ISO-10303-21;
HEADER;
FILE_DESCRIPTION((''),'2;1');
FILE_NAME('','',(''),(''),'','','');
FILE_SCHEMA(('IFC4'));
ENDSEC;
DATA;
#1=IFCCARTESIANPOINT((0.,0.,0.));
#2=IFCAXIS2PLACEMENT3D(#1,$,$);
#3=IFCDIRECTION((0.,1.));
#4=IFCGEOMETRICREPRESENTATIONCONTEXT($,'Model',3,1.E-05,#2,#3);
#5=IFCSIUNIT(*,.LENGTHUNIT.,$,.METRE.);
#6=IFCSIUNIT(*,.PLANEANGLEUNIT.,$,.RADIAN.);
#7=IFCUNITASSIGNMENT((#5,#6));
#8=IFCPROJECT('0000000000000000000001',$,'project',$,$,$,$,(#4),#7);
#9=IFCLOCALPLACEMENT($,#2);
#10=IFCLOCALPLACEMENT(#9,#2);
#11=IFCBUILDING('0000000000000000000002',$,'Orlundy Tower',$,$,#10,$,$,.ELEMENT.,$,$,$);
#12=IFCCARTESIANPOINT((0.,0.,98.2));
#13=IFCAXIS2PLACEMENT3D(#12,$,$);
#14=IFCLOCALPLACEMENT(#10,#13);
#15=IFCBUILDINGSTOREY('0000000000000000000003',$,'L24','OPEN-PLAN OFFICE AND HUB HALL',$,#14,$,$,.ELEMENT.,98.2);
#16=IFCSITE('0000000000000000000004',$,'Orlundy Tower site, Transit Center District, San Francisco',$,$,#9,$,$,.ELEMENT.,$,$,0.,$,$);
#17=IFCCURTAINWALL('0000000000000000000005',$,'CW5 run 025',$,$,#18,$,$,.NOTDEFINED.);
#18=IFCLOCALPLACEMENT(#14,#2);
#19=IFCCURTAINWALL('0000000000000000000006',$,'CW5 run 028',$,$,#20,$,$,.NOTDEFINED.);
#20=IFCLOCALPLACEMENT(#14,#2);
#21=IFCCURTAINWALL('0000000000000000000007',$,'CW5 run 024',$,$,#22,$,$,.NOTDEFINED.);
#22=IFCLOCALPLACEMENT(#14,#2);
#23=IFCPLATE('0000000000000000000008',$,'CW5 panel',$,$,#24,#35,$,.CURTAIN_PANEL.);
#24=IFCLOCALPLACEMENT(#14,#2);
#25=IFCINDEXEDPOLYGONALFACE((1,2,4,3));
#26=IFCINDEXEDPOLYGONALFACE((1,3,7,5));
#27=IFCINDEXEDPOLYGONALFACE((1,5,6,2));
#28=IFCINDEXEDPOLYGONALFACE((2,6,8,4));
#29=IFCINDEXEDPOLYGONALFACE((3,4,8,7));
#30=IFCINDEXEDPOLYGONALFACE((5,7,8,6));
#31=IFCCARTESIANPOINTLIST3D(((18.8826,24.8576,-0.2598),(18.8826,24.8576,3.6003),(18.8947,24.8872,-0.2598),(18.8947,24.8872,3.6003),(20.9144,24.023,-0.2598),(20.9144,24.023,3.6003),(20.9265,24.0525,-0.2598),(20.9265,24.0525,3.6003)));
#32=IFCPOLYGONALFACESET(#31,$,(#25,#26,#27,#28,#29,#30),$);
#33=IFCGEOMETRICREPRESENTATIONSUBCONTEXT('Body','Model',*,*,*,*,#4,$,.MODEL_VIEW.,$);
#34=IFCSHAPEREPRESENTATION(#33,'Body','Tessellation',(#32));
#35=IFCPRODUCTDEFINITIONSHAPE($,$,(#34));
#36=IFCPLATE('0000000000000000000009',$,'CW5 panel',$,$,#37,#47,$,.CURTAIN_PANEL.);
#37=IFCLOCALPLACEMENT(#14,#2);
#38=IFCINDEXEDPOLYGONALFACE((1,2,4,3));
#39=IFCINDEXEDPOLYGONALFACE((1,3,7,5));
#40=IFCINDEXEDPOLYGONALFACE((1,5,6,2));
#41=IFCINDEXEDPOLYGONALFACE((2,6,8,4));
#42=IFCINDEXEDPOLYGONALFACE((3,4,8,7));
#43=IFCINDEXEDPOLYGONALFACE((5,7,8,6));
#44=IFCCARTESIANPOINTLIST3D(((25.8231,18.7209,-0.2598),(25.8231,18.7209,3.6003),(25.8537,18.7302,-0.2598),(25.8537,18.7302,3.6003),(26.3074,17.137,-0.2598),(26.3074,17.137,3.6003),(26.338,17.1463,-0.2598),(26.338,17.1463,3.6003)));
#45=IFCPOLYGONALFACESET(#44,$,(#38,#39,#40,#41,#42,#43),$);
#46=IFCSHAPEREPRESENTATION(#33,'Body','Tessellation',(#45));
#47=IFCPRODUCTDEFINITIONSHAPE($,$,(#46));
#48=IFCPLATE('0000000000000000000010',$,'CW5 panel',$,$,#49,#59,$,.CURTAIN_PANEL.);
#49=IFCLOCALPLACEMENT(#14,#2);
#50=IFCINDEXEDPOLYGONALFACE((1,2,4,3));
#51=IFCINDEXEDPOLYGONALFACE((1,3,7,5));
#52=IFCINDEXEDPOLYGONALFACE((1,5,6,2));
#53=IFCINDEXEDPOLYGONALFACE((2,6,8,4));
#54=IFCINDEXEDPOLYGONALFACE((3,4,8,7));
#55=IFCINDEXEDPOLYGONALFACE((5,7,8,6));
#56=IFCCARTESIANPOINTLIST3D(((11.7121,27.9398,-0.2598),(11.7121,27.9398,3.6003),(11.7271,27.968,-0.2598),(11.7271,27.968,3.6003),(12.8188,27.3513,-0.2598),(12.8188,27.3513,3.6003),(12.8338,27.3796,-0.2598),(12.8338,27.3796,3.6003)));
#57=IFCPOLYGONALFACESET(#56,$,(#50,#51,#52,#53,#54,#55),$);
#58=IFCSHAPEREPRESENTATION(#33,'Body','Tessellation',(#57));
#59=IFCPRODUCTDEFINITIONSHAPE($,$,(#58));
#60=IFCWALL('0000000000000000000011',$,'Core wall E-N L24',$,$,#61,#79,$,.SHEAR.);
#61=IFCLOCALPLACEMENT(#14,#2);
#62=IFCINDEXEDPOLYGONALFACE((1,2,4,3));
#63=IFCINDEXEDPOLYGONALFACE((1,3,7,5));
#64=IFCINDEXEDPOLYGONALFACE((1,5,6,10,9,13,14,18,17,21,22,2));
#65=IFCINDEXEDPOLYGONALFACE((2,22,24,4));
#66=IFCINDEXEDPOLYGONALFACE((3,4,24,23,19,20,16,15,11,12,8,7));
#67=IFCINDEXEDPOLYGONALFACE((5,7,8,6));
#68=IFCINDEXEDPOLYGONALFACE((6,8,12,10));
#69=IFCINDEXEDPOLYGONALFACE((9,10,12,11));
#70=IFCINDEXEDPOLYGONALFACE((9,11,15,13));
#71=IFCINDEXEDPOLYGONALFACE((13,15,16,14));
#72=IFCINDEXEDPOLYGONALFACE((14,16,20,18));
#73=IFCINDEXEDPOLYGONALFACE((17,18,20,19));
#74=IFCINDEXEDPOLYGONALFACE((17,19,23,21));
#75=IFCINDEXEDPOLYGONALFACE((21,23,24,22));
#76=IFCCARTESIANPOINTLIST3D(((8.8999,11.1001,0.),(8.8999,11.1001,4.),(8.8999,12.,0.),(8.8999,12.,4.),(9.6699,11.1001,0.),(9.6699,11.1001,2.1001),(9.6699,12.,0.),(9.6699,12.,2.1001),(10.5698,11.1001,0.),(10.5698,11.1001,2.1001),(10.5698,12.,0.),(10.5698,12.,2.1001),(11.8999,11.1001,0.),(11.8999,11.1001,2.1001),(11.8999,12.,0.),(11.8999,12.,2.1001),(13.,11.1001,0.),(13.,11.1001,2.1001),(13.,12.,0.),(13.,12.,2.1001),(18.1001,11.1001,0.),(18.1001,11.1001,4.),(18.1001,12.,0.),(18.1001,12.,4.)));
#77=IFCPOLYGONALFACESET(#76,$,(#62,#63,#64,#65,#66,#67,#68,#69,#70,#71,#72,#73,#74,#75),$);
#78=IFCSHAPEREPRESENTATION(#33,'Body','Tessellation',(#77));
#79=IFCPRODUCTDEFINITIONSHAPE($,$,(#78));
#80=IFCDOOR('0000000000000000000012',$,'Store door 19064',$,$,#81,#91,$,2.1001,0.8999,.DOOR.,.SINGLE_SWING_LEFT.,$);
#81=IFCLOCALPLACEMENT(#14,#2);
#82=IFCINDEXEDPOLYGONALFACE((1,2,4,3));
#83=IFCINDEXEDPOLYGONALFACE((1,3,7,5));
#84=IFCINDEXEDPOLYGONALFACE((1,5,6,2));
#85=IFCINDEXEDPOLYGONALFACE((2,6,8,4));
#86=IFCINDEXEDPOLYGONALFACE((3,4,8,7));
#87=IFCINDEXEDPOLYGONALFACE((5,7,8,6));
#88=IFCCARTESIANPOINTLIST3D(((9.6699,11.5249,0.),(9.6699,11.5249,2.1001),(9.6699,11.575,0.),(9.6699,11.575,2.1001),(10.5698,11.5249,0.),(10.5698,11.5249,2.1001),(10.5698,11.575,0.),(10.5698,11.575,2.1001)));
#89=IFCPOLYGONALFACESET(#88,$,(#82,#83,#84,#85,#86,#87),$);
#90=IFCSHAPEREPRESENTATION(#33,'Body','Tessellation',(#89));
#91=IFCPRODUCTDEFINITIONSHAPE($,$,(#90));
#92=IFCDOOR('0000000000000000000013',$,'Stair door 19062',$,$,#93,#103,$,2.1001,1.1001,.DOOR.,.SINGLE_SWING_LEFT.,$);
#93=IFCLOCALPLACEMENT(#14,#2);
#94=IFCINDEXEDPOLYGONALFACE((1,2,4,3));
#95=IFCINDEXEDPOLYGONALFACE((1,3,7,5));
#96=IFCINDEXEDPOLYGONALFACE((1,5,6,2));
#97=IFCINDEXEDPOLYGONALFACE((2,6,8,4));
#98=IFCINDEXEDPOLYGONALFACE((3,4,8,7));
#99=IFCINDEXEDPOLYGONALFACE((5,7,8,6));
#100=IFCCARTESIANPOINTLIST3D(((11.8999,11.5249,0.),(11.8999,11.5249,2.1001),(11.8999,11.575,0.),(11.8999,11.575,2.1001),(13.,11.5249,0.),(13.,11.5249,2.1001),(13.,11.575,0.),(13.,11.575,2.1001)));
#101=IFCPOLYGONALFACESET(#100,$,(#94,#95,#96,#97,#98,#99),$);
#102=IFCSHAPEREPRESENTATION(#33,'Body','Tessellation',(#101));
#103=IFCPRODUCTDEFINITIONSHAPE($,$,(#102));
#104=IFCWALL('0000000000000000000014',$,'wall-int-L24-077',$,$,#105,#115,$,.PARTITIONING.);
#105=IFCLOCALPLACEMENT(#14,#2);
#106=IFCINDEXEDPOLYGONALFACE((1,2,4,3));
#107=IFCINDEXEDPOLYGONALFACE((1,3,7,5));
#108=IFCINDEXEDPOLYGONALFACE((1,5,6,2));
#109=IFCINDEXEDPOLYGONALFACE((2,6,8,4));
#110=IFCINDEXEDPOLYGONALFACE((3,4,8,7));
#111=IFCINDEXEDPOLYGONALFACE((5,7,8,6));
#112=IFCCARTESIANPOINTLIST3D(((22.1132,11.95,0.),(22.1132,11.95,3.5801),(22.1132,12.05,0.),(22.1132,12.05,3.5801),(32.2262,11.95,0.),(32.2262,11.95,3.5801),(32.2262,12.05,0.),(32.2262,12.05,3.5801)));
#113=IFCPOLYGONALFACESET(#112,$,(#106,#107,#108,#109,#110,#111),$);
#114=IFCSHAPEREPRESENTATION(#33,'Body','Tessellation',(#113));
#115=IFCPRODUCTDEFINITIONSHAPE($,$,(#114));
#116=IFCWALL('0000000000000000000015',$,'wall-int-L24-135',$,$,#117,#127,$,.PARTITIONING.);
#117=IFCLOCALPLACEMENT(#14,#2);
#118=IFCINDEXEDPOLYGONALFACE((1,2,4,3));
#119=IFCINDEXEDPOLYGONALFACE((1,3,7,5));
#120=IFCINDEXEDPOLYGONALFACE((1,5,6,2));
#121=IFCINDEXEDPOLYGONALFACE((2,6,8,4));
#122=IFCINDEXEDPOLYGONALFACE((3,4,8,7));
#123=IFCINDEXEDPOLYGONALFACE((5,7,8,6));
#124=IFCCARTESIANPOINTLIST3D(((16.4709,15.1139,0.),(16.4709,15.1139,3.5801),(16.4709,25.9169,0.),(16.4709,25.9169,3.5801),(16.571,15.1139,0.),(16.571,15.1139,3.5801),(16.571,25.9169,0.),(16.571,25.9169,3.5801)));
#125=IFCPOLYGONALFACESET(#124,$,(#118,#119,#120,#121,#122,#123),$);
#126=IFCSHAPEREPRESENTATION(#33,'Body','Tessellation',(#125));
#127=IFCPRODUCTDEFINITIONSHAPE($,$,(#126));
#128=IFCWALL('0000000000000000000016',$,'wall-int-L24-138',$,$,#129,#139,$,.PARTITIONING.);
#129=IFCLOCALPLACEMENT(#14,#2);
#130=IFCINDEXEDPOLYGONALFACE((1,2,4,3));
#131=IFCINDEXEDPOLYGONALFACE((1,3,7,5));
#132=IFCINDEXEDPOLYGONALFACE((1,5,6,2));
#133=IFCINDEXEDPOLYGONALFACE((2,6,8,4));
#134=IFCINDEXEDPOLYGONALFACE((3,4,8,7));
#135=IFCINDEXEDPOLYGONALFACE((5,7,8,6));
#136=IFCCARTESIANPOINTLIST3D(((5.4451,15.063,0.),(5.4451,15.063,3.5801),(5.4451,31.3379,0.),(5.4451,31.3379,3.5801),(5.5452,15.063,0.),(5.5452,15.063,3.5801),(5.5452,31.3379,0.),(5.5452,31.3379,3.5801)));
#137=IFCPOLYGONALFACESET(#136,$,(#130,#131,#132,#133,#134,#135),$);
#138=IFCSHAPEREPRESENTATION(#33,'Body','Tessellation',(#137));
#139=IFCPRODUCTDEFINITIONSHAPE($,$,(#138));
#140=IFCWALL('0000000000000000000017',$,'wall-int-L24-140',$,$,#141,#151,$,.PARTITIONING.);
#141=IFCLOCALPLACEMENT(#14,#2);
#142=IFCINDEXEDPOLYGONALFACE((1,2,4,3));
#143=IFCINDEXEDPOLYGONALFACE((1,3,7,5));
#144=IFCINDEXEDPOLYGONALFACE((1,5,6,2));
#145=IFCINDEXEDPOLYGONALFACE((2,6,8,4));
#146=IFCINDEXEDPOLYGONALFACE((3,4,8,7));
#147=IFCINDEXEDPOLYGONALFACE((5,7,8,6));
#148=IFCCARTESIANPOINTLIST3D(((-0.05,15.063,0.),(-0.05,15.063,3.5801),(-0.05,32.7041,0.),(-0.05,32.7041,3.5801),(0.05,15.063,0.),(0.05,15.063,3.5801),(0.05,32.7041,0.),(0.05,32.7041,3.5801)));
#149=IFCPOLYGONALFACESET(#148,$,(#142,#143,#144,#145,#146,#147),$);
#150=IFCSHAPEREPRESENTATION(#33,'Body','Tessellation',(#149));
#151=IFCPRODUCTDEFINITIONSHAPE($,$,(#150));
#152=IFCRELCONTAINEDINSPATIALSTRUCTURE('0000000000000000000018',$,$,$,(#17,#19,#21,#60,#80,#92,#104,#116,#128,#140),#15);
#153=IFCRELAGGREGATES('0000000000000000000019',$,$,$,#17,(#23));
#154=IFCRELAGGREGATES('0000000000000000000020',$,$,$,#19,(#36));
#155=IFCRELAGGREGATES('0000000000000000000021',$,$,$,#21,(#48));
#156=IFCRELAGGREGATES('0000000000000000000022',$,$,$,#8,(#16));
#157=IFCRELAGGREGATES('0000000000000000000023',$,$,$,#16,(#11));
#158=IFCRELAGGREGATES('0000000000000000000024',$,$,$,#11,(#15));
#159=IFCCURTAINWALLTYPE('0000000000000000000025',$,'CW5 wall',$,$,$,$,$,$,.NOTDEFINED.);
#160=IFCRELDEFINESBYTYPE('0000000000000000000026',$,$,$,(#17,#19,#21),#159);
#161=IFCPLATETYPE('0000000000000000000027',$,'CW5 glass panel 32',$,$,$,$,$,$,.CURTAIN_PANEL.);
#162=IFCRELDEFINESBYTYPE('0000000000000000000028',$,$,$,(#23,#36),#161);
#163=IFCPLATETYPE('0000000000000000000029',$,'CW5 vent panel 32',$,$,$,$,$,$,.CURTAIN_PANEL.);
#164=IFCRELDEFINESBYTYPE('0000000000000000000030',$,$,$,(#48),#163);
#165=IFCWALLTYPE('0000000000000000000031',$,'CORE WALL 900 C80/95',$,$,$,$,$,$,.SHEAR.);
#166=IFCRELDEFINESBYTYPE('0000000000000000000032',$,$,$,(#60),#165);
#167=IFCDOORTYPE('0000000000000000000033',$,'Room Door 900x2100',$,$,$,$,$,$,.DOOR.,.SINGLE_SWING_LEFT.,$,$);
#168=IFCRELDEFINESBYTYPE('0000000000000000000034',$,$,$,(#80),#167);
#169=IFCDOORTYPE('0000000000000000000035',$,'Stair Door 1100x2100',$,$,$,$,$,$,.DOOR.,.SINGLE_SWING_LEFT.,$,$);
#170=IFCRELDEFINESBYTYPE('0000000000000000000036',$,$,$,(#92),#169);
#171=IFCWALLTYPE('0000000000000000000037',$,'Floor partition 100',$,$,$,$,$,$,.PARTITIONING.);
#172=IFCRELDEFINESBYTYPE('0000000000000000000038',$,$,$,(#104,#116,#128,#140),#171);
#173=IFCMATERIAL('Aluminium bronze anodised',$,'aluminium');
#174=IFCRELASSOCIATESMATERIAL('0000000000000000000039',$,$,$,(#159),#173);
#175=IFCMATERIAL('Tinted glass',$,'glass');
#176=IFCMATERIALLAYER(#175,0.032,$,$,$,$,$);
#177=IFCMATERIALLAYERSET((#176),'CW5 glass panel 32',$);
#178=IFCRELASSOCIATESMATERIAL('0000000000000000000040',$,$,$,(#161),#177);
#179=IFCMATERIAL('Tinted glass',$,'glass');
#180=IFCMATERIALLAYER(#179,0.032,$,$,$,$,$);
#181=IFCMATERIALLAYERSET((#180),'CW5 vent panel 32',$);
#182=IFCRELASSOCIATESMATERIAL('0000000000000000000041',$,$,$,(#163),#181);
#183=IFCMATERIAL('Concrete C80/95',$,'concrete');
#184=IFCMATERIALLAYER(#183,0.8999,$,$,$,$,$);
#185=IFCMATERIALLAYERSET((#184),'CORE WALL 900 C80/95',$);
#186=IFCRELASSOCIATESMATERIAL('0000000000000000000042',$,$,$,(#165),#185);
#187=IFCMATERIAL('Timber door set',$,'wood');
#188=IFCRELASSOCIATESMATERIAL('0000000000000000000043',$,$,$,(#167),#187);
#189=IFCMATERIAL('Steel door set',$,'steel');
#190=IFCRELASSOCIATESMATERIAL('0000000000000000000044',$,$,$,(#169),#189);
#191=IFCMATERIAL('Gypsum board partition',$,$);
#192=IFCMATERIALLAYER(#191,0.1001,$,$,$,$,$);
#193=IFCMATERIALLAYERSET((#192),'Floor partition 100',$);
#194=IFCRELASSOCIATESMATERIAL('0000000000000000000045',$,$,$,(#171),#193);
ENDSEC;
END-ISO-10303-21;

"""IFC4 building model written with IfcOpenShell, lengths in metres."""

from ifc_helpers import new_model, si_unit, direction, frame, frame_2d, origin, origin_2d, place, context, subcontext, project, spatial, rectangle, extrude, material, layer, layer_set, type_object, element, fill, aggregate, save


model = new_model("IFC4")

# Units and contexts
model_context = context("Model", 3, precision=1e-05, world=origin(), true_north=direction((0.0, 1.0)))
body_context = subcontext(model_context, "Body", "Model", "MODEL_VIEW")
ifc_project = project(units=[si_unit("LENGTHUNIT", "METRE"), si_unit("PLANEANGLEUNIT", "RADIAN")], contexts=[model_context])

# Site, building, storey
site_placement = place(None, origin())
site = spatial("IfcSite", under=ifc_project, at=site_placement, Name="Orlundy Tower site, Transit Center District, San Francisco", CompositionType="ELEMENT", RefElevation=0.0)
building_placement = place(site_placement, origin())
building = spatial("IfcBuilding", under=site, at=building_placement, Name="Orlundy Tower", CompositionType="ELEMENT")
storey_placement = place(building_placement, frame((0.0, 0.0, 98.2)))
storey = spatial("IfcBuildingStorey", under=building, at=storey_placement, Name="L24", Description="OPEN-PLAN OFFICE AND HUB HALL", CompositionType="ELEMENT", Elevation=98.2)

# Curtain walls
ifc_material_1 = material(Name="Aluminium bronze anodised", Category="aluminium")
curtain_wall_type = type_object("IfcCurtainWallType", Name="CW5 wall", PredefinedType="NOTDEFINED", material=ifc_material_1)
curtain_wall_1_placement = place(storey_placement, origin())
curtain_wall_1 = element("IfcCurtainWall", 1, at=curtain_wall_1_placement, inside=storey, type_object=curtain_wall_type, Name="CW5 run 025", PredefinedType="NOTDEFINED")
curtain_wall_2_placement = place(storey_placement, origin())
curtain_wall_2 = element("IfcCurtainWall", 2, at=curtain_wall_2_placement, inside=storey, type_object=curtain_wall_type, Name="CW5 run 028", PredefinedType="NOTDEFINED")

# Curtain wall
curtain_wall_3_placement = place(storey_placement, origin())
curtain_wall_3 = element("IfcCurtainWall", 3, at=curtain_wall_3_placement, inside=storey, type_object=curtain_wall_type, Name="CW5 run 024", PredefinedType="NOTDEFINED")

# Plates
ifc_material_2 = material(Name="Tinted glass", Category="glass")
ifc_layer_1 = layer(ifc_material_2, 0.032)
ifc_layer_set_1 = layer_set([ifc_layer_1], Name="CW5 glass panel 32")
plate_type_1 = type_object("IfcPlateType", Name="CW5 glass panel 32", PredefinedType="CURTAIN_PANEL", material=ifc_layer_set_1)
plate_1_placement = place(storey_placement, frame((19.9045, 24.4551, -0.2598), z_axis=(0.0, 0.0, 1.0), x_axis=(0.92499, -0.379991, 0.0)))
plate_1 = element("IfcPlate", 4, at=plate_1_placement, type_object=plate_type_1, Name="CW5 panel", PredefinedType="CURTAIN_PANEL", context=body_context, shape_type="SweptSolid", body=[
    extrude(rectangle(XDim=2.1965, YDim=0.032, at=origin_2d()), origin(), (0.0, 0.0, 1.0), 3.8601),
])
aggregate(curtain_wall_1, [plate_1])
plate_2_placement = place(storey_placement, frame((26.0806, 17.9336, -0.2598), z_axis=(0.0, 0.0, 1.0), x_axis=(0.292401, -0.956296, 0.0)))
plate_2 = element("IfcPlate", 5, at=plate_2_placement, type_object=plate_type_1, Name="CW5 panel", PredefinedType="CURTAIN_PANEL", context=body_context, shape_type="SweptSolid", body=[
    extrude(rectangle(XDim=1.6562, YDim=0.032, at=origin_2d()), origin(), (0.0, 0.0, 1.0), 3.8601),
])
aggregate(curtain_wall_2, [plate_2])
ifc_material_3 = material(Name="Tinted glass", Category="glass")
ifc_layer_2 = layer(ifc_material_3, 0.032)
ifc_layer_set_2 = layer_set([ifc_layer_2], Name="CW5 vent panel 32")
plate_type_2 = type_object("IfcPlateType", Name="CW5 vent panel 32", PredefinedType="CURTAIN_PANEL", material=ifc_layer_set_2)
plate_3_placement = place(storey_placement, frame((12.2729, 27.6597, -0.2598), z_axis=(0.0, 0.0, 1.0), x_axis=(0.882957, -0.469454, 0.0)))
plate_3 = element("IfcPlate", 6, at=plate_3_placement, type_object=plate_type_2, Name="CW5 panel", PredefinedType="CURTAIN_PANEL", context=body_context, shape_type="SweptSolid", body=[
    extrude(rectangle(XDim=1.2534, YDim=0.032, at=origin_2d()), origin(), (0.0, 0.0, 1.0), 3.8601),
])
aggregate(curtain_wall_3, [plate_3])

# Wall, openings, doors
ifc_material_4 = material(Name="Concrete C80/95", Category="concrete")
ifc_layer_3 = layer(ifc_material_4, 0.8999)
ifc_layer_set_3 = layer_set([ifc_layer_3], Name="CORE WALL 900 C80/95")
wall_type_1 = type_object("IfcWallType", Name="CORE WALL 900 C80/95", PredefinedType="SHEAR", material=ifc_layer_set_3)
wall_1_placement = place(storey_placement, frame((8.8999, 11.55, 0.0), z_axis=(0.0, 0.0, 1.0), x_axis=(1.0, 0.0, 0.0)))
wall_1 = element("IfcWall", 7, at=wall_1_placement, inside=storey, type_object=wall_type_1, Name="Core wall E-N L24", PredefinedType="SHEAR", context=body_context, shape_type="SweptSolid", body=[
    extrude(rectangle(XDim=9.2002, YDim=0.8999, at=frame_2d((4.6001, 0.0))), origin(), (0.0, 0.0, 1.0), 4.0),
])
opening_1_placement = place(wall_1_placement, frame((3.0, 0.0, 0.0)))
opening_1 = element("IfcOpeningElement", 8, at=opening_1_placement, cuts=wall_1, PredefinedType="OPENING", context=body_context, shape_type="SweptSolid", body=[
    extrude(rectangle(XDim=1.1001, YDim=2.1001, at=frame_2d((0.55, 1.05))), frame((0.0, 0.46, 0.0), z_axis=(0.0, -1.0, 0.0), x_axis=(1.0, 0.0, 0.0)), (0.0, 0.0, 1.0), 0.9199),
])
opening_2_placement = place(wall_1_placement, frame((0.77, 0.0, 0.0)))
opening_2 = element("IfcOpeningElement", 9, at=opening_2_placement, cuts=wall_1, PredefinedType="OPENING", context=body_context, shape_type="SweptSolid", body=[
    extrude(rectangle(XDim=0.8999, YDim=2.1001, at=frame_2d((0.45, 1.05))), frame((0.0, 0.46, 0.0), z_axis=(0.0, -1.0, 0.0), x_axis=(1.0, 0.0, 0.0)), (0.0, 0.0, 1.0), 0.9199),
])
ifc_material_5 = material(Name="Timber door set", Category="wood")
door_type_1 = type_object("IfcDoorType", Name="Room Door 900x2100", OperationType="SINGLE_SWING_LEFT", PredefinedType="DOOR", material=ifc_material_5)
door_1_placement = place(opening_2_placement, origin())
door_1 = element("IfcDoor", 10, at=door_1_placement, inside=storey, type_object=door_type_1, Name="Store door 19064", OperationType="SINGLE_SWING_LEFT", OverallHeight=2.1001, OverallWidth=0.8999, PredefinedType="DOOR", context=body_context, shape_type="SweptSolid", body=[
    extrude(rectangle(XDim=0.8999, YDim=2.1001, at=frame_2d((0.45, 1.05))), frame((0.0, 0.0249, 0.0), z_axis=(0.0, -1.0, 0.0), x_axis=(1.0, 0.0, 0.0)), (0.0, 0.0, 1.0), 0.05),
])
fill(opening_2, door_1)
ifc_material_6 = material(Name="Steel door set", Category="steel")
door_type_2 = type_object("IfcDoorType", Name="Stair Door 1100x2100", OperationType="SINGLE_SWING_LEFT", PredefinedType="DOOR", material=ifc_material_6)
door_2_placement = place(opening_1_placement, origin())
door_2 = element("IfcDoor", 11, at=door_2_placement, inside=storey, type_object=door_type_2, Name="Stair door 19062", OperationType="SINGLE_SWING_LEFT", OverallHeight=2.1001, OverallWidth=1.1001, PredefinedType="DOOR", context=body_context, shape_type="SweptSolid", body=[
    extrude(rectangle(XDim=1.1001, YDim=2.1001, at=frame_2d((0.55, 1.05))), frame((0.0, 0.0249, 0.0), z_axis=(0.0, -1.0, 0.0), x_axis=(1.0, 0.0, 0.0)), (0.0, 0.0, 1.0), 0.05),
])
fill(opening_1, door_2)

# Walls
ifc_material_7 = material(Name="Gypsum board partition")
ifc_layer_4 = layer(ifc_material_7, 0.1001)
ifc_layer_set_4 = layer_set([ifc_layer_4], Name="Floor partition 100")
wall_type_2 = type_object("IfcWallType", Name="Floor partition 100", PredefinedType="PARTITIONING", material=ifc_layer_set_4)
wall_2_placement = place(storey_placement, frame((22.113, 12.0, 0.0), z_axis=(0.0, 0.0, 1.0), x_axis=(1.0, 0.0, 0.0)))
element("IfcWall", 12, at=wall_2_placement, inside=storey, type_object=wall_type_2, Name="wall-int-L24-077", PredefinedType="PARTITIONING", context=body_context, shape_type="SweptSolid", body=[
    extrude(rectangle(XDim=10.113, YDim=0.1001, at=frame_2d((5.0566, 0.0))), origin(), (0.0, 0.0, 1.0), 3.5801),
])
wall_3_placement = place(storey_placement, frame((16.521, 15.114, 0.0), z_axis=(0.0, 0.0, 1.0), x_axis=(0.0, 1.0, 0.0)))
element("IfcWall", 13, at=wall_3_placement, inside=storey, type_object=wall_type_2, Name="wall-int-L24-135", PredefinedType="PARTITIONING", context=body_context, shape_type="SweptSolid", body=[
    extrude(rectangle(XDim=10.803, YDim=0.1001, at=frame_2d((5.4014, 0.0))), origin(), (0.0, 0.0, 1.0), 3.5801),
])
wall_4_placement = place(storey_placement, frame((5.4951, 15.063, 0.0), z_axis=(0.0, 0.0, 1.0), x_axis=(0.0, 1.0, 0.0)))
element("IfcWall", 14, at=wall_4_placement, inside=storey, type_object=wall_type_2, Name="wall-int-L24-138", PredefinedType="PARTITIONING", context=body_context, shape_type="SweptSolid", body=[
    extrude(rectangle(XDim=16.2749, YDim=0.1001, at=frame_2d((8.1375, 0.0))), origin(), (0.0, 0.0, 1.0), 3.5801),
])
wall_5_placement = place(storey_placement, frame((0.0, 15.063, 0.0), z_axis=(0.0, 0.0, 1.0), x_axis=(0.0, 1.0, 0.0)))
element("IfcWall", 15, at=wall_5_placement, inside=storey, type_object=wall_type_2, Name="wall-int-L24-140", PredefinedType="PARTITIONING", context=body_context, shape_type="SweptSolid", body=[
    extrude(rectangle(XDim=17.6411, YDim=0.1001, at=frame_2d((8.8206, 0.0))), origin(), (0.0, 0.0, 1.0), 3.5801),
])

save(model, "model.ifc")
